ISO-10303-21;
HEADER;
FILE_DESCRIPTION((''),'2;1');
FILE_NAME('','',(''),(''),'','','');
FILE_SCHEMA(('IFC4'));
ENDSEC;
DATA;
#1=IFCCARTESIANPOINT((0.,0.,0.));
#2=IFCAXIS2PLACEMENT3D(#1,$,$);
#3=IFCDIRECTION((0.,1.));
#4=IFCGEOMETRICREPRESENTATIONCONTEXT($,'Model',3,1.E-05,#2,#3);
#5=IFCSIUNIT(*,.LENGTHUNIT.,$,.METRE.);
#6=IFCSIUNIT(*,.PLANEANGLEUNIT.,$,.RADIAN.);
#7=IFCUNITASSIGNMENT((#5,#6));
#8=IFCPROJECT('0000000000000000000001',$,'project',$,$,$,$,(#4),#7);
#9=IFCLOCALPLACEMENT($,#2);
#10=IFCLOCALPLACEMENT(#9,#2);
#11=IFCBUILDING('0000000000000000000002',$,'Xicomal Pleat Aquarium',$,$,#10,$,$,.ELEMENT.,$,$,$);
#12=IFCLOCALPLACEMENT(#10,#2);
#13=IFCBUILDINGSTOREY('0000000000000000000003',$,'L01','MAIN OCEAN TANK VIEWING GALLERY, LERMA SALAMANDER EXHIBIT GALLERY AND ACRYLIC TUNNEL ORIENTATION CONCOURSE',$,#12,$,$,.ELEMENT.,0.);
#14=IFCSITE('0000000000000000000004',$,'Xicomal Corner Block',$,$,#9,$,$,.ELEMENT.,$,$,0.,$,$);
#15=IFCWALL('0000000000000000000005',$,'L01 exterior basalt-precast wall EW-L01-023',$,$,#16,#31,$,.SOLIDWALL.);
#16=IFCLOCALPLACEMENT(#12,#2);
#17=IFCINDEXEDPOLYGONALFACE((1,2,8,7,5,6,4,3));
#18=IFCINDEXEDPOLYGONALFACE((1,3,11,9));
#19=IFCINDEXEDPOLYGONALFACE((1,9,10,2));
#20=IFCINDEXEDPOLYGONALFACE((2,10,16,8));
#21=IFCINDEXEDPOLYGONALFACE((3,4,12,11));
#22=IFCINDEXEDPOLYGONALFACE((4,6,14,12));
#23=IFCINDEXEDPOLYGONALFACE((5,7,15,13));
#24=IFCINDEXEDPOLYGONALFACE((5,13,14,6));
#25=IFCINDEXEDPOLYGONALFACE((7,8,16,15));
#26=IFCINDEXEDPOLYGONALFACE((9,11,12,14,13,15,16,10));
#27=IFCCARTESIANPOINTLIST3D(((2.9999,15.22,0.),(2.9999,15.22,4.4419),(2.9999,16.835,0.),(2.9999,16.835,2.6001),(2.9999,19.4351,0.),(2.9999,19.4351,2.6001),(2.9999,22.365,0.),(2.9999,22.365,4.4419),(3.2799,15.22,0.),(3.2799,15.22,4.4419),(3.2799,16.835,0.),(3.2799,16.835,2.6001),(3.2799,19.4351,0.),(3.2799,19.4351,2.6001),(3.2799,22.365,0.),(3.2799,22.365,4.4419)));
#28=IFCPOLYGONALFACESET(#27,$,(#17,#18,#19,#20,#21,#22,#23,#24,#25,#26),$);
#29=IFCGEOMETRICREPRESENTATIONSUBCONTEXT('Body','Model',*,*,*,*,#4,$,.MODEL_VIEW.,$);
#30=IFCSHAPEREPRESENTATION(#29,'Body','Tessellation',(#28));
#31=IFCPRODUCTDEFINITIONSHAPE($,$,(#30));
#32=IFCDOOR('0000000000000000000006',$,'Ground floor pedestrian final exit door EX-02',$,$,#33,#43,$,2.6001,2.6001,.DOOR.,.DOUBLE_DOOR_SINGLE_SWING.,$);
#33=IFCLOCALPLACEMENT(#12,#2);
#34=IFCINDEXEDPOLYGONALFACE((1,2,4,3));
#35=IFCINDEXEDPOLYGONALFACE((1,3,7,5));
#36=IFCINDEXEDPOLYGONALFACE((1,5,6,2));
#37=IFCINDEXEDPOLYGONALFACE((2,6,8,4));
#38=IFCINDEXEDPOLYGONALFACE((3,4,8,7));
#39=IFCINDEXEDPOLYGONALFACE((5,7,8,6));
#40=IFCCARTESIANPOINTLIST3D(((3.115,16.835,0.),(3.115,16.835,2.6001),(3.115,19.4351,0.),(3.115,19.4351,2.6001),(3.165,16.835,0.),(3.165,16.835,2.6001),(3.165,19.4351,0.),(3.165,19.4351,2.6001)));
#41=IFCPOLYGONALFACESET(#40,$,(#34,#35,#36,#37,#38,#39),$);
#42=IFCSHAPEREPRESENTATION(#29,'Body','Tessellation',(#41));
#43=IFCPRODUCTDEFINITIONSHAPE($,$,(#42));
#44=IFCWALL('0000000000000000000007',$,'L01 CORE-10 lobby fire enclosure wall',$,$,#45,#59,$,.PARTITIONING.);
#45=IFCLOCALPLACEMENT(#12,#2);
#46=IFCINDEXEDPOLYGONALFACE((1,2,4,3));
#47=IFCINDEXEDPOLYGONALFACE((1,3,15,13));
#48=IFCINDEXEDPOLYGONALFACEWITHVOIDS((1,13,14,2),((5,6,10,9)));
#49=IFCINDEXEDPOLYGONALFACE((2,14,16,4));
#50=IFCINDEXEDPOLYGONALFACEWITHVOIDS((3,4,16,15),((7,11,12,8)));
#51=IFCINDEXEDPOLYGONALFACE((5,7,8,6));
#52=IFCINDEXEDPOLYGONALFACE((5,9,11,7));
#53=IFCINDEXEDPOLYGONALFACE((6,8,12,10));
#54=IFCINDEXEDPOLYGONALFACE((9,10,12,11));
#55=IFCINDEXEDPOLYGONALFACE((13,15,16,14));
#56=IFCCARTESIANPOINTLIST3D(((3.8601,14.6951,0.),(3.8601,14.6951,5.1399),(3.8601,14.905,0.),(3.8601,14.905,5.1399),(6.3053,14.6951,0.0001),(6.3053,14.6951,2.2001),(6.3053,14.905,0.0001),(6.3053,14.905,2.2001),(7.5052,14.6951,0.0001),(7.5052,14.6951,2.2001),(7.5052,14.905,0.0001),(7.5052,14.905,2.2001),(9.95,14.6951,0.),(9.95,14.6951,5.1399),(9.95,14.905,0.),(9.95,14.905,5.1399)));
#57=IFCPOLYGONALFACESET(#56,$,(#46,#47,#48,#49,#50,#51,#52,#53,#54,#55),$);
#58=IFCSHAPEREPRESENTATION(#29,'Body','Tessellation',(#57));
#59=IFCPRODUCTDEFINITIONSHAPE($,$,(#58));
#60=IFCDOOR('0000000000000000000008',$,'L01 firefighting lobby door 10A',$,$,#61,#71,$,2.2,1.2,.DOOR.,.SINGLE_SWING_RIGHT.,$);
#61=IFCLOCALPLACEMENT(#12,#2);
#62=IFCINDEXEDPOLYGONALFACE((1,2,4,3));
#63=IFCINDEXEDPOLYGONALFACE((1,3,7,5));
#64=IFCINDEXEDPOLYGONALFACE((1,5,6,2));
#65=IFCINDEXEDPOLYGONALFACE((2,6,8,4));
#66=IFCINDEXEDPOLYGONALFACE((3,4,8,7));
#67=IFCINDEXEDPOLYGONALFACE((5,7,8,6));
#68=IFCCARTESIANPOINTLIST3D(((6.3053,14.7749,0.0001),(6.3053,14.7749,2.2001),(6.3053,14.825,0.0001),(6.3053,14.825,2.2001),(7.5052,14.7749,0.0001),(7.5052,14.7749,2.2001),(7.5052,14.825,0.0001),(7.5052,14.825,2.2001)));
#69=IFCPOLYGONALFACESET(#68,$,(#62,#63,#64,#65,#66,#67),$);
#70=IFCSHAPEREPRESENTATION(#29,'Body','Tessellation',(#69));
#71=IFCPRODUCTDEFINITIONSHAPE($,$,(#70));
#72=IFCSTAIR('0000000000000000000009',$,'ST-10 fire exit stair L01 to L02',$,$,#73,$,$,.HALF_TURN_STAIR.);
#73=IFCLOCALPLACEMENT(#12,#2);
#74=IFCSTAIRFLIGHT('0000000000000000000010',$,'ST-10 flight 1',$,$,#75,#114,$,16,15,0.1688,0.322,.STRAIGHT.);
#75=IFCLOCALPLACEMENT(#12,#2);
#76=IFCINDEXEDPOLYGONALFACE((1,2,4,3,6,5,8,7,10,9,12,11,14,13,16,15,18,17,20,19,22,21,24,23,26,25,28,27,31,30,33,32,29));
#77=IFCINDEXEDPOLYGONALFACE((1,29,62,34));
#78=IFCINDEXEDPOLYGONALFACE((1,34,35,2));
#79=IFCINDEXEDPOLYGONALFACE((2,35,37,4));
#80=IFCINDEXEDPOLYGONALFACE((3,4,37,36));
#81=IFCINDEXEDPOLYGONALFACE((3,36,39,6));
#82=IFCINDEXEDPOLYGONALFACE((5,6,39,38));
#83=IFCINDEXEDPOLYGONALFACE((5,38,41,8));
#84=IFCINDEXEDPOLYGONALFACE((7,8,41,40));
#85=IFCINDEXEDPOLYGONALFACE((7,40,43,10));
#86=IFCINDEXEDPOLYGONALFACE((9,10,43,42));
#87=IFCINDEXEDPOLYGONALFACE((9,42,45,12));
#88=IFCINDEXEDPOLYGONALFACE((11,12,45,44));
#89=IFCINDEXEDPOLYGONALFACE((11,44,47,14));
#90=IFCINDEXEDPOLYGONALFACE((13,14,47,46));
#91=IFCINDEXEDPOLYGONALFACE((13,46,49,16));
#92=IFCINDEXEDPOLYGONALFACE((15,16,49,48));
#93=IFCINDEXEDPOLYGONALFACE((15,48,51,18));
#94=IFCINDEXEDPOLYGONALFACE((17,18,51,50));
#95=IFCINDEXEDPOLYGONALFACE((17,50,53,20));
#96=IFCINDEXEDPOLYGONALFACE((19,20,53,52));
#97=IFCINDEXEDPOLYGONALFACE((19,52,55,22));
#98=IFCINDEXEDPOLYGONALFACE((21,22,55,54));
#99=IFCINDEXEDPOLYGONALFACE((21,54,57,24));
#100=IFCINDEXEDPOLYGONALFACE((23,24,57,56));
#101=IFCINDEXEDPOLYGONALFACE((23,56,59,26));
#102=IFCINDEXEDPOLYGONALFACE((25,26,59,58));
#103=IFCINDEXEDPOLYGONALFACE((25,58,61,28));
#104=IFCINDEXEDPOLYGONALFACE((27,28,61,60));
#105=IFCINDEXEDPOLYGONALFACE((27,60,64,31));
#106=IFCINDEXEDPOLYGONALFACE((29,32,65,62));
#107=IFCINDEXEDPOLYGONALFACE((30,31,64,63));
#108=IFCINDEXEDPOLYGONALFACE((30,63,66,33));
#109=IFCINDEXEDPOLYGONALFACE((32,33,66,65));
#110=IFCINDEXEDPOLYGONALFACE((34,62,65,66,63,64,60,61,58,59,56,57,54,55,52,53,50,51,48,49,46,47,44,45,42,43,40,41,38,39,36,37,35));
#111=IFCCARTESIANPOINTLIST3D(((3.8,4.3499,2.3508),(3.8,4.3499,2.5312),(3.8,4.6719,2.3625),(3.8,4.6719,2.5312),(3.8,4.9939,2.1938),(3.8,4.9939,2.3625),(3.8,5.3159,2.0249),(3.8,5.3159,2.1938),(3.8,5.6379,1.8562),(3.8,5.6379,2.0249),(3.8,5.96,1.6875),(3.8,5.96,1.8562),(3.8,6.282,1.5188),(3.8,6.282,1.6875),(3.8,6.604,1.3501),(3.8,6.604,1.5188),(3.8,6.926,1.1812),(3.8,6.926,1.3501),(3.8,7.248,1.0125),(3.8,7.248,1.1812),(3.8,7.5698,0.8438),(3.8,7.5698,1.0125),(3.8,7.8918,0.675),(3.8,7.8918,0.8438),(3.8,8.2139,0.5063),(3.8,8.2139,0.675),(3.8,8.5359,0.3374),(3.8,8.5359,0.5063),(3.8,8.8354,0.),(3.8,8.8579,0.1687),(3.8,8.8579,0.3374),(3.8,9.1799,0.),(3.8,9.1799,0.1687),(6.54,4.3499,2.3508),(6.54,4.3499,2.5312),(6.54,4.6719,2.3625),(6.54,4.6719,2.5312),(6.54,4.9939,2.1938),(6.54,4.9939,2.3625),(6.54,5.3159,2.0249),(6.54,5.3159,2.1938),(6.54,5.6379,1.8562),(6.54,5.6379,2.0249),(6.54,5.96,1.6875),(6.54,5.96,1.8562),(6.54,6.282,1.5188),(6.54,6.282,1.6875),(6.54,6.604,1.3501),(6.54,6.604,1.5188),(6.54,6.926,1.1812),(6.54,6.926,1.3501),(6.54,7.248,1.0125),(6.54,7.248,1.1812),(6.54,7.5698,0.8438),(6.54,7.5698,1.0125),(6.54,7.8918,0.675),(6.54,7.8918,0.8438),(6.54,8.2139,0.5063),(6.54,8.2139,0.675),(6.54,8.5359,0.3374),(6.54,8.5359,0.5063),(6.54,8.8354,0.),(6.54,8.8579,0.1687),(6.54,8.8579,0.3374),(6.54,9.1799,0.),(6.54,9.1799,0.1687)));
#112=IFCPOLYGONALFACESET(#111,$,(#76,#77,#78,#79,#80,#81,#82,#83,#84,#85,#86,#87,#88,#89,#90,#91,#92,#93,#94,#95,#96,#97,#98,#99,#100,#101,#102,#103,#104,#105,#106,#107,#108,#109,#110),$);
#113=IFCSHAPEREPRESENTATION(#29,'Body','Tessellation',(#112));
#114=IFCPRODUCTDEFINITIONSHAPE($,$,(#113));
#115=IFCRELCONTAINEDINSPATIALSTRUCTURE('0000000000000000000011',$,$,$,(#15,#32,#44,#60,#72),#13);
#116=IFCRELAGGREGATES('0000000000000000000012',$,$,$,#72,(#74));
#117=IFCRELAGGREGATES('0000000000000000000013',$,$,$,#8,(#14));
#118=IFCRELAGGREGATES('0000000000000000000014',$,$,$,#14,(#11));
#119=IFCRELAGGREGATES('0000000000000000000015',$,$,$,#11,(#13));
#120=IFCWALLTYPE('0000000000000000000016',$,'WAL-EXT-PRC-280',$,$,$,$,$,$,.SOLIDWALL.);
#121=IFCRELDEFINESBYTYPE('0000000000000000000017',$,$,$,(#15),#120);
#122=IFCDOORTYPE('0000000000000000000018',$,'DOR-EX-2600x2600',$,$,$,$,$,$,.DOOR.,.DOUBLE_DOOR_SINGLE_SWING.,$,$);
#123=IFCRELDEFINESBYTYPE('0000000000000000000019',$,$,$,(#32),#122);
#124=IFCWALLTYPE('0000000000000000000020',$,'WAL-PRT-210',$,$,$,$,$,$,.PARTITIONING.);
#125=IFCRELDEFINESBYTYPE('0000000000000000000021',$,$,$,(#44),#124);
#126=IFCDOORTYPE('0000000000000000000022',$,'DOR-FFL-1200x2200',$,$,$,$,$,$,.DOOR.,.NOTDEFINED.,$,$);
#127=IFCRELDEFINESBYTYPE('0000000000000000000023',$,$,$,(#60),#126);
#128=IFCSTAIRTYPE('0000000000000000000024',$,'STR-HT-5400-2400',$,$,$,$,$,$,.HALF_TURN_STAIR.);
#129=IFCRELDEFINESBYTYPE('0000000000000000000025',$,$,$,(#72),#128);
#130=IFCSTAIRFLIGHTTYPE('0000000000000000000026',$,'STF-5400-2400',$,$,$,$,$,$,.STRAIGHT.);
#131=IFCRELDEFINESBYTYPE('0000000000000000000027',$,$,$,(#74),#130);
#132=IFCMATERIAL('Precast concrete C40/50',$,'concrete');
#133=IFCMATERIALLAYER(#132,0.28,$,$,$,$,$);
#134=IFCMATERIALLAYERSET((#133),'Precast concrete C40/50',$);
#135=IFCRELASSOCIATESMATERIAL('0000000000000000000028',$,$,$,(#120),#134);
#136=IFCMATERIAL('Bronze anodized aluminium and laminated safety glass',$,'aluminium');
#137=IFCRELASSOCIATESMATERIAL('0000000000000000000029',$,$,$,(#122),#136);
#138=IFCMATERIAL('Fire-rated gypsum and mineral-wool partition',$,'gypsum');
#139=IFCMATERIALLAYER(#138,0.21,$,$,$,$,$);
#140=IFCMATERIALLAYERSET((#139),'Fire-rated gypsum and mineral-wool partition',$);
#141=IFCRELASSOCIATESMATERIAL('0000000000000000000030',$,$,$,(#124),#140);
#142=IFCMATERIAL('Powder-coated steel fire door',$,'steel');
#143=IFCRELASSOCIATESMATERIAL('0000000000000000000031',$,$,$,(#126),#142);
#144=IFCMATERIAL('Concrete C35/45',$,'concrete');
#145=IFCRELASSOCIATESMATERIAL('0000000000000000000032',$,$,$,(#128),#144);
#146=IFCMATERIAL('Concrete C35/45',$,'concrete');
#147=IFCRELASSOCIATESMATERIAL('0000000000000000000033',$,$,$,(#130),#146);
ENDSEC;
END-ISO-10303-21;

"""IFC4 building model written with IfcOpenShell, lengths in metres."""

from ifc_helpers import new_model, si_unit, direction, frame, frame_2d, origin, place, context, subcontext, project, spatial, polyline, rectangle, outline, extrude, material, layer, layer_set, type_object, element, fill, aggregate, save


model = new_model("IFC4")

# Units and contexts
model_context = context("Model", 3, precision=1e-05, world=origin(), true_north=direction((0.0, 1.0)))
body_context = subcontext(model_context, "Body", "Model", "MODEL_VIEW")
ifc_project = project(units=[si_unit("LENGTHUNIT", "METRE"), si_unit("PLANEANGLEUNIT", "RADIAN")], contexts=[model_context])

# Site, building, storey
site_placement = place(None, origin())
site = spatial("IfcSite", under=ifc_project, at=site_placement, Name="Xicomal Corner Block", CompositionType="ELEMENT", RefElevation=0.0)
building_placement = place(site_placement, origin())
building = spatial("IfcBuilding", under=site, at=building_placement, Name="Xicomal Pleat Aquarium", CompositionType="ELEMENT")
storey_placement = place(building_placement, origin())
storey = spatial("IfcBuildingStorey", under=building, at=storey_placement, Name="L01", Description="MAIN OCEAN TANK VIEWING GALLERY, LERMA SALAMANDER EXHIBIT GALLERY AND ACRYLIC TUNNEL ORIENTATION CONCOURSE", CompositionType="ELEMENT", Elevation=0.0)

# Walls, openings, doors
ifc_material_1 = material(Name="Precast concrete C40/50", Category="concrete")
ifc_layer_1 = layer(ifc_material_1, 0.28)
ifc_layer_set_1 = layer_set([ifc_layer_1], Name="Precast concrete C40/50")
wall_type_1 = type_object("IfcWallType", Name="WAL-EXT-PRC-280", PredefinedType="SOLIDWALL", material=ifc_layer_set_1)
wall_1_placement = place(storey_placement, frame((3.1399, 15.22, 0.0), z_axis=(0.0, 0.0, 1.0), x_axis=(0.0, 1.0, 0.0)))
wall_1 = element("IfcWall", 1, at=wall_1_placement, inside=storey, type_object=wall_type_1, Name="L01 exterior basalt-precast wall EW-L01-023", PredefinedType="SOLIDWALL", context=body_context, shape_type="SweptSolid", body=[
    extrude(rectangle(XDim=7.145, YDim=0.28, at=frame_2d((3.5725, 0.0))), origin(), (0.0, 0.0, 1.0), 4.4419),
])
opening_1_placement = place(wall_1_placement, frame((1.615, 0.0, 0.0)))
opening_1 = element("IfcOpeningElement", 2, at=opening_1_placement, cuts=wall_1, PredefinedType="OPENING", context=body_context, shape_type="SweptSolid", body=[
    extrude(rectangle(XDim=2.6001, YDim=2.6001, at=frame_2d((1.3, 1.3))), frame((0.0, 0.1499, 0.0), z_axis=(0.0, -1.0, 0.0), x_axis=(1.0, 0.0, 0.0)), (0.0, 0.0, 1.0), 0.3),
])
ifc_material_2 = material(Name="Bronze anodized aluminium and laminated safety glass", Category="aluminium")
door_type_1 = type_object("IfcDoorType", Name="DOR-EX-2600x2600", OperationType="DOUBLE_DOOR_SINGLE_SWING", PredefinedType="DOOR", material=ifc_material_2)
door_1_placement = place(opening_1_placement, origin())
door_1 = element("IfcDoor", 3, at=door_1_placement, inside=storey, type_object=door_type_1, Name="Ground floor pedestrian final exit door EX-02", OperationType="DOUBLE_DOOR_SINGLE_SWING", OverallHeight=2.6001, OverallWidth=2.6001, PredefinedType="DOOR", context=body_context, shape_type="SweptSolid", body=[
    extrude(rectangle(XDim=2.6001, YDim=2.6001, at=frame_2d((1.3, 1.3))), frame((0.0, 0.0249, 0.0), z_axis=(0.0, -1.0, 0.0), x_axis=(1.0, 0.0, 0.0)), (0.0, 0.0, 1.0), 0.05),
])
fill(opening_1, door_1)
ifc_material_3 = material(Name="Fire-rated gypsum and mineral-wool partition", Category="gypsum")
ifc_layer_2 = layer(ifc_material_3, 0.21)
ifc_layer_set_2 = layer_set([ifc_layer_2], Name="Fire-rated gypsum and mineral-wool partition")
wall_type_2 = type_object("IfcWallType", Name="WAL-PRT-210", PredefinedType="PARTITIONING", material=ifc_layer_set_2)
wall_2_placement = place(storey_placement, frame((3.8601, 14.8, 0.0), z_axis=(0.0, 0.0, 1.0), x_axis=(1.0, 0.0, 0.0)))
wall_2 = element("IfcWall", 4, at=wall_2_placement, inside=storey, type_object=wall_type_2, Name="L01 CORE-10 lobby fire enclosure wall", PredefinedType="PARTITIONING", context=body_context, shape_type="SweptSolid", body=[
    extrude(rectangle(XDim=6.0898, YDim=0.21, at=frame_2d((3.0449, 0.0))), origin(), (0.0, 0.0, 1.0), 5.1399),
])
opening_2_placement = place(wall_2_placement, frame((2.4451, 0.0, 0.0)))
opening_2 = element("IfcOpeningElement", 5, at=opening_2_placement, cuts=wall_2, PredefinedType="OPENING", context=body_context, shape_type="SweptSolid", body=[
    extrude(rectangle(XDim=1.2, YDim=2.2, at=frame_2d((0.6001, 1.1001))), frame((0.0, 0.115, 0.0), z_axis=(0.0, -1.0, 0.0), x_axis=(1.0, 0.0, 0.0)), (0.0, 0.0, 1.0), 0.23),
])
ifc_material_4 = material(Name="Powder-coated steel fire door", Category="steel")
door_type_2 = type_object("IfcDoorType", Name="DOR-FFL-1200x2200", OperationType="NOTDEFINED", PredefinedType="DOOR", material=ifc_material_4)
door_2_placement = place(opening_2_placement, origin())
door_2 = element("IfcDoor", 6, at=door_2_placement, inside=storey, type_object=door_type_2, Name="L01 firefighting lobby door 10A", OperationType="SINGLE_SWING_RIGHT", OverallHeight=2.2, OverallWidth=1.2, PredefinedType="DOOR", context=body_context, shape_type="SweptSolid", body=[
    extrude(rectangle(XDim=1.2, YDim=2.2, at=frame_2d((0.6001, 1.1001))), frame((0.0, 0.0249, 0.0), z_axis=(0.0, -1.0, 0.0), x_axis=(1.0, 0.0, 0.0)), (0.0, 0.0, 1.0), 0.05),
])
fill(opening_2, door_2)

# Stair, stair flight
ifc_material_5 = material(Name="Concrete C35/45", Category="concrete")
stair_type = type_object("IfcStairType", Name="STR-HT-5400-2400", PredefinedType="HALF_TURN_STAIR", material=ifc_material_5)
stair_placement = place(storey_placement, origin())
stair = element("IfcStair", 7, at=stair_placement, inside=storey, type_object=stair_type, Name="ST-10 fire exit stair L01 to L02", PredefinedType="HALF_TURN_STAIR")
ifc_material_6 = material(Name="Concrete C35/45", Category="concrete")
stair_flight_type = type_object("IfcStairFlightType", Name="STF-5400-2400", PredefinedType="STRAIGHT", material=ifc_material_6)
stair_flight_placement = place(storey_placement, frame((5.1699, 9.1799, 0.0), z_axis=(0.0, 0.0, 1.0), x_axis=(0.0, -1.0, 0.0)))
stair_flight = element("IfcStairFlight", 8, at=stair_flight_placement, type_object=stair_flight_type, Name="ST-10 flight 1", NumberOfRisers=16, NumberOfTreads=15, PredefinedType="STRAIGHT", RiserHeight=0.1688, TreadLength=0.322, context=body_context, shape_type="SweptSolid", body=[
    extrude(outline(polyline([(0.0, 0.0), (0.0, 0.1687), (0.322, 0.1687), (0.322, 0.3374), (0.644, 0.3374), (0.644, 0.5063), (0.9661, 0.5063), (0.9661, 0.675), (1.2881, 0.675), (1.2881, 0.8438), (1.6101, 0.8438), (1.6101, 1.0125), (1.9319, 1.0125), (1.9319, 1.1812), (2.2539, 1.1812), (2.2539, 1.3501), (2.5759, 1.3501), (2.5759, 1.5188), (2.8979, 1.5188), (2.8979, 1.6875), (3.22, 1.6875), (3.22, 1.8562), (3.542, 1.8562), (3.542, 2.0249), (3.864, 2.0249), (3.864, 2.1938), (4.186, 2.1938), (4.186, 2.3625), (4.5081, 2.3625), (4.5081, 2.5312), (4.8301, 2.5312), (4.8301, 2.7), (4.8301, 2.3508), (0.3445, 0.0), (0.0, 0.0)])), frame((0.0, 1.3701, 0.0), z_axis=(0.0, -1.0, 0.0), x_axis=(1.0, 0.0, 0.0)), (0.0, 0.0, 1.0), 2.74),
])
aggregate(stair, [stair_flight])

save(model, "model.ifc")
